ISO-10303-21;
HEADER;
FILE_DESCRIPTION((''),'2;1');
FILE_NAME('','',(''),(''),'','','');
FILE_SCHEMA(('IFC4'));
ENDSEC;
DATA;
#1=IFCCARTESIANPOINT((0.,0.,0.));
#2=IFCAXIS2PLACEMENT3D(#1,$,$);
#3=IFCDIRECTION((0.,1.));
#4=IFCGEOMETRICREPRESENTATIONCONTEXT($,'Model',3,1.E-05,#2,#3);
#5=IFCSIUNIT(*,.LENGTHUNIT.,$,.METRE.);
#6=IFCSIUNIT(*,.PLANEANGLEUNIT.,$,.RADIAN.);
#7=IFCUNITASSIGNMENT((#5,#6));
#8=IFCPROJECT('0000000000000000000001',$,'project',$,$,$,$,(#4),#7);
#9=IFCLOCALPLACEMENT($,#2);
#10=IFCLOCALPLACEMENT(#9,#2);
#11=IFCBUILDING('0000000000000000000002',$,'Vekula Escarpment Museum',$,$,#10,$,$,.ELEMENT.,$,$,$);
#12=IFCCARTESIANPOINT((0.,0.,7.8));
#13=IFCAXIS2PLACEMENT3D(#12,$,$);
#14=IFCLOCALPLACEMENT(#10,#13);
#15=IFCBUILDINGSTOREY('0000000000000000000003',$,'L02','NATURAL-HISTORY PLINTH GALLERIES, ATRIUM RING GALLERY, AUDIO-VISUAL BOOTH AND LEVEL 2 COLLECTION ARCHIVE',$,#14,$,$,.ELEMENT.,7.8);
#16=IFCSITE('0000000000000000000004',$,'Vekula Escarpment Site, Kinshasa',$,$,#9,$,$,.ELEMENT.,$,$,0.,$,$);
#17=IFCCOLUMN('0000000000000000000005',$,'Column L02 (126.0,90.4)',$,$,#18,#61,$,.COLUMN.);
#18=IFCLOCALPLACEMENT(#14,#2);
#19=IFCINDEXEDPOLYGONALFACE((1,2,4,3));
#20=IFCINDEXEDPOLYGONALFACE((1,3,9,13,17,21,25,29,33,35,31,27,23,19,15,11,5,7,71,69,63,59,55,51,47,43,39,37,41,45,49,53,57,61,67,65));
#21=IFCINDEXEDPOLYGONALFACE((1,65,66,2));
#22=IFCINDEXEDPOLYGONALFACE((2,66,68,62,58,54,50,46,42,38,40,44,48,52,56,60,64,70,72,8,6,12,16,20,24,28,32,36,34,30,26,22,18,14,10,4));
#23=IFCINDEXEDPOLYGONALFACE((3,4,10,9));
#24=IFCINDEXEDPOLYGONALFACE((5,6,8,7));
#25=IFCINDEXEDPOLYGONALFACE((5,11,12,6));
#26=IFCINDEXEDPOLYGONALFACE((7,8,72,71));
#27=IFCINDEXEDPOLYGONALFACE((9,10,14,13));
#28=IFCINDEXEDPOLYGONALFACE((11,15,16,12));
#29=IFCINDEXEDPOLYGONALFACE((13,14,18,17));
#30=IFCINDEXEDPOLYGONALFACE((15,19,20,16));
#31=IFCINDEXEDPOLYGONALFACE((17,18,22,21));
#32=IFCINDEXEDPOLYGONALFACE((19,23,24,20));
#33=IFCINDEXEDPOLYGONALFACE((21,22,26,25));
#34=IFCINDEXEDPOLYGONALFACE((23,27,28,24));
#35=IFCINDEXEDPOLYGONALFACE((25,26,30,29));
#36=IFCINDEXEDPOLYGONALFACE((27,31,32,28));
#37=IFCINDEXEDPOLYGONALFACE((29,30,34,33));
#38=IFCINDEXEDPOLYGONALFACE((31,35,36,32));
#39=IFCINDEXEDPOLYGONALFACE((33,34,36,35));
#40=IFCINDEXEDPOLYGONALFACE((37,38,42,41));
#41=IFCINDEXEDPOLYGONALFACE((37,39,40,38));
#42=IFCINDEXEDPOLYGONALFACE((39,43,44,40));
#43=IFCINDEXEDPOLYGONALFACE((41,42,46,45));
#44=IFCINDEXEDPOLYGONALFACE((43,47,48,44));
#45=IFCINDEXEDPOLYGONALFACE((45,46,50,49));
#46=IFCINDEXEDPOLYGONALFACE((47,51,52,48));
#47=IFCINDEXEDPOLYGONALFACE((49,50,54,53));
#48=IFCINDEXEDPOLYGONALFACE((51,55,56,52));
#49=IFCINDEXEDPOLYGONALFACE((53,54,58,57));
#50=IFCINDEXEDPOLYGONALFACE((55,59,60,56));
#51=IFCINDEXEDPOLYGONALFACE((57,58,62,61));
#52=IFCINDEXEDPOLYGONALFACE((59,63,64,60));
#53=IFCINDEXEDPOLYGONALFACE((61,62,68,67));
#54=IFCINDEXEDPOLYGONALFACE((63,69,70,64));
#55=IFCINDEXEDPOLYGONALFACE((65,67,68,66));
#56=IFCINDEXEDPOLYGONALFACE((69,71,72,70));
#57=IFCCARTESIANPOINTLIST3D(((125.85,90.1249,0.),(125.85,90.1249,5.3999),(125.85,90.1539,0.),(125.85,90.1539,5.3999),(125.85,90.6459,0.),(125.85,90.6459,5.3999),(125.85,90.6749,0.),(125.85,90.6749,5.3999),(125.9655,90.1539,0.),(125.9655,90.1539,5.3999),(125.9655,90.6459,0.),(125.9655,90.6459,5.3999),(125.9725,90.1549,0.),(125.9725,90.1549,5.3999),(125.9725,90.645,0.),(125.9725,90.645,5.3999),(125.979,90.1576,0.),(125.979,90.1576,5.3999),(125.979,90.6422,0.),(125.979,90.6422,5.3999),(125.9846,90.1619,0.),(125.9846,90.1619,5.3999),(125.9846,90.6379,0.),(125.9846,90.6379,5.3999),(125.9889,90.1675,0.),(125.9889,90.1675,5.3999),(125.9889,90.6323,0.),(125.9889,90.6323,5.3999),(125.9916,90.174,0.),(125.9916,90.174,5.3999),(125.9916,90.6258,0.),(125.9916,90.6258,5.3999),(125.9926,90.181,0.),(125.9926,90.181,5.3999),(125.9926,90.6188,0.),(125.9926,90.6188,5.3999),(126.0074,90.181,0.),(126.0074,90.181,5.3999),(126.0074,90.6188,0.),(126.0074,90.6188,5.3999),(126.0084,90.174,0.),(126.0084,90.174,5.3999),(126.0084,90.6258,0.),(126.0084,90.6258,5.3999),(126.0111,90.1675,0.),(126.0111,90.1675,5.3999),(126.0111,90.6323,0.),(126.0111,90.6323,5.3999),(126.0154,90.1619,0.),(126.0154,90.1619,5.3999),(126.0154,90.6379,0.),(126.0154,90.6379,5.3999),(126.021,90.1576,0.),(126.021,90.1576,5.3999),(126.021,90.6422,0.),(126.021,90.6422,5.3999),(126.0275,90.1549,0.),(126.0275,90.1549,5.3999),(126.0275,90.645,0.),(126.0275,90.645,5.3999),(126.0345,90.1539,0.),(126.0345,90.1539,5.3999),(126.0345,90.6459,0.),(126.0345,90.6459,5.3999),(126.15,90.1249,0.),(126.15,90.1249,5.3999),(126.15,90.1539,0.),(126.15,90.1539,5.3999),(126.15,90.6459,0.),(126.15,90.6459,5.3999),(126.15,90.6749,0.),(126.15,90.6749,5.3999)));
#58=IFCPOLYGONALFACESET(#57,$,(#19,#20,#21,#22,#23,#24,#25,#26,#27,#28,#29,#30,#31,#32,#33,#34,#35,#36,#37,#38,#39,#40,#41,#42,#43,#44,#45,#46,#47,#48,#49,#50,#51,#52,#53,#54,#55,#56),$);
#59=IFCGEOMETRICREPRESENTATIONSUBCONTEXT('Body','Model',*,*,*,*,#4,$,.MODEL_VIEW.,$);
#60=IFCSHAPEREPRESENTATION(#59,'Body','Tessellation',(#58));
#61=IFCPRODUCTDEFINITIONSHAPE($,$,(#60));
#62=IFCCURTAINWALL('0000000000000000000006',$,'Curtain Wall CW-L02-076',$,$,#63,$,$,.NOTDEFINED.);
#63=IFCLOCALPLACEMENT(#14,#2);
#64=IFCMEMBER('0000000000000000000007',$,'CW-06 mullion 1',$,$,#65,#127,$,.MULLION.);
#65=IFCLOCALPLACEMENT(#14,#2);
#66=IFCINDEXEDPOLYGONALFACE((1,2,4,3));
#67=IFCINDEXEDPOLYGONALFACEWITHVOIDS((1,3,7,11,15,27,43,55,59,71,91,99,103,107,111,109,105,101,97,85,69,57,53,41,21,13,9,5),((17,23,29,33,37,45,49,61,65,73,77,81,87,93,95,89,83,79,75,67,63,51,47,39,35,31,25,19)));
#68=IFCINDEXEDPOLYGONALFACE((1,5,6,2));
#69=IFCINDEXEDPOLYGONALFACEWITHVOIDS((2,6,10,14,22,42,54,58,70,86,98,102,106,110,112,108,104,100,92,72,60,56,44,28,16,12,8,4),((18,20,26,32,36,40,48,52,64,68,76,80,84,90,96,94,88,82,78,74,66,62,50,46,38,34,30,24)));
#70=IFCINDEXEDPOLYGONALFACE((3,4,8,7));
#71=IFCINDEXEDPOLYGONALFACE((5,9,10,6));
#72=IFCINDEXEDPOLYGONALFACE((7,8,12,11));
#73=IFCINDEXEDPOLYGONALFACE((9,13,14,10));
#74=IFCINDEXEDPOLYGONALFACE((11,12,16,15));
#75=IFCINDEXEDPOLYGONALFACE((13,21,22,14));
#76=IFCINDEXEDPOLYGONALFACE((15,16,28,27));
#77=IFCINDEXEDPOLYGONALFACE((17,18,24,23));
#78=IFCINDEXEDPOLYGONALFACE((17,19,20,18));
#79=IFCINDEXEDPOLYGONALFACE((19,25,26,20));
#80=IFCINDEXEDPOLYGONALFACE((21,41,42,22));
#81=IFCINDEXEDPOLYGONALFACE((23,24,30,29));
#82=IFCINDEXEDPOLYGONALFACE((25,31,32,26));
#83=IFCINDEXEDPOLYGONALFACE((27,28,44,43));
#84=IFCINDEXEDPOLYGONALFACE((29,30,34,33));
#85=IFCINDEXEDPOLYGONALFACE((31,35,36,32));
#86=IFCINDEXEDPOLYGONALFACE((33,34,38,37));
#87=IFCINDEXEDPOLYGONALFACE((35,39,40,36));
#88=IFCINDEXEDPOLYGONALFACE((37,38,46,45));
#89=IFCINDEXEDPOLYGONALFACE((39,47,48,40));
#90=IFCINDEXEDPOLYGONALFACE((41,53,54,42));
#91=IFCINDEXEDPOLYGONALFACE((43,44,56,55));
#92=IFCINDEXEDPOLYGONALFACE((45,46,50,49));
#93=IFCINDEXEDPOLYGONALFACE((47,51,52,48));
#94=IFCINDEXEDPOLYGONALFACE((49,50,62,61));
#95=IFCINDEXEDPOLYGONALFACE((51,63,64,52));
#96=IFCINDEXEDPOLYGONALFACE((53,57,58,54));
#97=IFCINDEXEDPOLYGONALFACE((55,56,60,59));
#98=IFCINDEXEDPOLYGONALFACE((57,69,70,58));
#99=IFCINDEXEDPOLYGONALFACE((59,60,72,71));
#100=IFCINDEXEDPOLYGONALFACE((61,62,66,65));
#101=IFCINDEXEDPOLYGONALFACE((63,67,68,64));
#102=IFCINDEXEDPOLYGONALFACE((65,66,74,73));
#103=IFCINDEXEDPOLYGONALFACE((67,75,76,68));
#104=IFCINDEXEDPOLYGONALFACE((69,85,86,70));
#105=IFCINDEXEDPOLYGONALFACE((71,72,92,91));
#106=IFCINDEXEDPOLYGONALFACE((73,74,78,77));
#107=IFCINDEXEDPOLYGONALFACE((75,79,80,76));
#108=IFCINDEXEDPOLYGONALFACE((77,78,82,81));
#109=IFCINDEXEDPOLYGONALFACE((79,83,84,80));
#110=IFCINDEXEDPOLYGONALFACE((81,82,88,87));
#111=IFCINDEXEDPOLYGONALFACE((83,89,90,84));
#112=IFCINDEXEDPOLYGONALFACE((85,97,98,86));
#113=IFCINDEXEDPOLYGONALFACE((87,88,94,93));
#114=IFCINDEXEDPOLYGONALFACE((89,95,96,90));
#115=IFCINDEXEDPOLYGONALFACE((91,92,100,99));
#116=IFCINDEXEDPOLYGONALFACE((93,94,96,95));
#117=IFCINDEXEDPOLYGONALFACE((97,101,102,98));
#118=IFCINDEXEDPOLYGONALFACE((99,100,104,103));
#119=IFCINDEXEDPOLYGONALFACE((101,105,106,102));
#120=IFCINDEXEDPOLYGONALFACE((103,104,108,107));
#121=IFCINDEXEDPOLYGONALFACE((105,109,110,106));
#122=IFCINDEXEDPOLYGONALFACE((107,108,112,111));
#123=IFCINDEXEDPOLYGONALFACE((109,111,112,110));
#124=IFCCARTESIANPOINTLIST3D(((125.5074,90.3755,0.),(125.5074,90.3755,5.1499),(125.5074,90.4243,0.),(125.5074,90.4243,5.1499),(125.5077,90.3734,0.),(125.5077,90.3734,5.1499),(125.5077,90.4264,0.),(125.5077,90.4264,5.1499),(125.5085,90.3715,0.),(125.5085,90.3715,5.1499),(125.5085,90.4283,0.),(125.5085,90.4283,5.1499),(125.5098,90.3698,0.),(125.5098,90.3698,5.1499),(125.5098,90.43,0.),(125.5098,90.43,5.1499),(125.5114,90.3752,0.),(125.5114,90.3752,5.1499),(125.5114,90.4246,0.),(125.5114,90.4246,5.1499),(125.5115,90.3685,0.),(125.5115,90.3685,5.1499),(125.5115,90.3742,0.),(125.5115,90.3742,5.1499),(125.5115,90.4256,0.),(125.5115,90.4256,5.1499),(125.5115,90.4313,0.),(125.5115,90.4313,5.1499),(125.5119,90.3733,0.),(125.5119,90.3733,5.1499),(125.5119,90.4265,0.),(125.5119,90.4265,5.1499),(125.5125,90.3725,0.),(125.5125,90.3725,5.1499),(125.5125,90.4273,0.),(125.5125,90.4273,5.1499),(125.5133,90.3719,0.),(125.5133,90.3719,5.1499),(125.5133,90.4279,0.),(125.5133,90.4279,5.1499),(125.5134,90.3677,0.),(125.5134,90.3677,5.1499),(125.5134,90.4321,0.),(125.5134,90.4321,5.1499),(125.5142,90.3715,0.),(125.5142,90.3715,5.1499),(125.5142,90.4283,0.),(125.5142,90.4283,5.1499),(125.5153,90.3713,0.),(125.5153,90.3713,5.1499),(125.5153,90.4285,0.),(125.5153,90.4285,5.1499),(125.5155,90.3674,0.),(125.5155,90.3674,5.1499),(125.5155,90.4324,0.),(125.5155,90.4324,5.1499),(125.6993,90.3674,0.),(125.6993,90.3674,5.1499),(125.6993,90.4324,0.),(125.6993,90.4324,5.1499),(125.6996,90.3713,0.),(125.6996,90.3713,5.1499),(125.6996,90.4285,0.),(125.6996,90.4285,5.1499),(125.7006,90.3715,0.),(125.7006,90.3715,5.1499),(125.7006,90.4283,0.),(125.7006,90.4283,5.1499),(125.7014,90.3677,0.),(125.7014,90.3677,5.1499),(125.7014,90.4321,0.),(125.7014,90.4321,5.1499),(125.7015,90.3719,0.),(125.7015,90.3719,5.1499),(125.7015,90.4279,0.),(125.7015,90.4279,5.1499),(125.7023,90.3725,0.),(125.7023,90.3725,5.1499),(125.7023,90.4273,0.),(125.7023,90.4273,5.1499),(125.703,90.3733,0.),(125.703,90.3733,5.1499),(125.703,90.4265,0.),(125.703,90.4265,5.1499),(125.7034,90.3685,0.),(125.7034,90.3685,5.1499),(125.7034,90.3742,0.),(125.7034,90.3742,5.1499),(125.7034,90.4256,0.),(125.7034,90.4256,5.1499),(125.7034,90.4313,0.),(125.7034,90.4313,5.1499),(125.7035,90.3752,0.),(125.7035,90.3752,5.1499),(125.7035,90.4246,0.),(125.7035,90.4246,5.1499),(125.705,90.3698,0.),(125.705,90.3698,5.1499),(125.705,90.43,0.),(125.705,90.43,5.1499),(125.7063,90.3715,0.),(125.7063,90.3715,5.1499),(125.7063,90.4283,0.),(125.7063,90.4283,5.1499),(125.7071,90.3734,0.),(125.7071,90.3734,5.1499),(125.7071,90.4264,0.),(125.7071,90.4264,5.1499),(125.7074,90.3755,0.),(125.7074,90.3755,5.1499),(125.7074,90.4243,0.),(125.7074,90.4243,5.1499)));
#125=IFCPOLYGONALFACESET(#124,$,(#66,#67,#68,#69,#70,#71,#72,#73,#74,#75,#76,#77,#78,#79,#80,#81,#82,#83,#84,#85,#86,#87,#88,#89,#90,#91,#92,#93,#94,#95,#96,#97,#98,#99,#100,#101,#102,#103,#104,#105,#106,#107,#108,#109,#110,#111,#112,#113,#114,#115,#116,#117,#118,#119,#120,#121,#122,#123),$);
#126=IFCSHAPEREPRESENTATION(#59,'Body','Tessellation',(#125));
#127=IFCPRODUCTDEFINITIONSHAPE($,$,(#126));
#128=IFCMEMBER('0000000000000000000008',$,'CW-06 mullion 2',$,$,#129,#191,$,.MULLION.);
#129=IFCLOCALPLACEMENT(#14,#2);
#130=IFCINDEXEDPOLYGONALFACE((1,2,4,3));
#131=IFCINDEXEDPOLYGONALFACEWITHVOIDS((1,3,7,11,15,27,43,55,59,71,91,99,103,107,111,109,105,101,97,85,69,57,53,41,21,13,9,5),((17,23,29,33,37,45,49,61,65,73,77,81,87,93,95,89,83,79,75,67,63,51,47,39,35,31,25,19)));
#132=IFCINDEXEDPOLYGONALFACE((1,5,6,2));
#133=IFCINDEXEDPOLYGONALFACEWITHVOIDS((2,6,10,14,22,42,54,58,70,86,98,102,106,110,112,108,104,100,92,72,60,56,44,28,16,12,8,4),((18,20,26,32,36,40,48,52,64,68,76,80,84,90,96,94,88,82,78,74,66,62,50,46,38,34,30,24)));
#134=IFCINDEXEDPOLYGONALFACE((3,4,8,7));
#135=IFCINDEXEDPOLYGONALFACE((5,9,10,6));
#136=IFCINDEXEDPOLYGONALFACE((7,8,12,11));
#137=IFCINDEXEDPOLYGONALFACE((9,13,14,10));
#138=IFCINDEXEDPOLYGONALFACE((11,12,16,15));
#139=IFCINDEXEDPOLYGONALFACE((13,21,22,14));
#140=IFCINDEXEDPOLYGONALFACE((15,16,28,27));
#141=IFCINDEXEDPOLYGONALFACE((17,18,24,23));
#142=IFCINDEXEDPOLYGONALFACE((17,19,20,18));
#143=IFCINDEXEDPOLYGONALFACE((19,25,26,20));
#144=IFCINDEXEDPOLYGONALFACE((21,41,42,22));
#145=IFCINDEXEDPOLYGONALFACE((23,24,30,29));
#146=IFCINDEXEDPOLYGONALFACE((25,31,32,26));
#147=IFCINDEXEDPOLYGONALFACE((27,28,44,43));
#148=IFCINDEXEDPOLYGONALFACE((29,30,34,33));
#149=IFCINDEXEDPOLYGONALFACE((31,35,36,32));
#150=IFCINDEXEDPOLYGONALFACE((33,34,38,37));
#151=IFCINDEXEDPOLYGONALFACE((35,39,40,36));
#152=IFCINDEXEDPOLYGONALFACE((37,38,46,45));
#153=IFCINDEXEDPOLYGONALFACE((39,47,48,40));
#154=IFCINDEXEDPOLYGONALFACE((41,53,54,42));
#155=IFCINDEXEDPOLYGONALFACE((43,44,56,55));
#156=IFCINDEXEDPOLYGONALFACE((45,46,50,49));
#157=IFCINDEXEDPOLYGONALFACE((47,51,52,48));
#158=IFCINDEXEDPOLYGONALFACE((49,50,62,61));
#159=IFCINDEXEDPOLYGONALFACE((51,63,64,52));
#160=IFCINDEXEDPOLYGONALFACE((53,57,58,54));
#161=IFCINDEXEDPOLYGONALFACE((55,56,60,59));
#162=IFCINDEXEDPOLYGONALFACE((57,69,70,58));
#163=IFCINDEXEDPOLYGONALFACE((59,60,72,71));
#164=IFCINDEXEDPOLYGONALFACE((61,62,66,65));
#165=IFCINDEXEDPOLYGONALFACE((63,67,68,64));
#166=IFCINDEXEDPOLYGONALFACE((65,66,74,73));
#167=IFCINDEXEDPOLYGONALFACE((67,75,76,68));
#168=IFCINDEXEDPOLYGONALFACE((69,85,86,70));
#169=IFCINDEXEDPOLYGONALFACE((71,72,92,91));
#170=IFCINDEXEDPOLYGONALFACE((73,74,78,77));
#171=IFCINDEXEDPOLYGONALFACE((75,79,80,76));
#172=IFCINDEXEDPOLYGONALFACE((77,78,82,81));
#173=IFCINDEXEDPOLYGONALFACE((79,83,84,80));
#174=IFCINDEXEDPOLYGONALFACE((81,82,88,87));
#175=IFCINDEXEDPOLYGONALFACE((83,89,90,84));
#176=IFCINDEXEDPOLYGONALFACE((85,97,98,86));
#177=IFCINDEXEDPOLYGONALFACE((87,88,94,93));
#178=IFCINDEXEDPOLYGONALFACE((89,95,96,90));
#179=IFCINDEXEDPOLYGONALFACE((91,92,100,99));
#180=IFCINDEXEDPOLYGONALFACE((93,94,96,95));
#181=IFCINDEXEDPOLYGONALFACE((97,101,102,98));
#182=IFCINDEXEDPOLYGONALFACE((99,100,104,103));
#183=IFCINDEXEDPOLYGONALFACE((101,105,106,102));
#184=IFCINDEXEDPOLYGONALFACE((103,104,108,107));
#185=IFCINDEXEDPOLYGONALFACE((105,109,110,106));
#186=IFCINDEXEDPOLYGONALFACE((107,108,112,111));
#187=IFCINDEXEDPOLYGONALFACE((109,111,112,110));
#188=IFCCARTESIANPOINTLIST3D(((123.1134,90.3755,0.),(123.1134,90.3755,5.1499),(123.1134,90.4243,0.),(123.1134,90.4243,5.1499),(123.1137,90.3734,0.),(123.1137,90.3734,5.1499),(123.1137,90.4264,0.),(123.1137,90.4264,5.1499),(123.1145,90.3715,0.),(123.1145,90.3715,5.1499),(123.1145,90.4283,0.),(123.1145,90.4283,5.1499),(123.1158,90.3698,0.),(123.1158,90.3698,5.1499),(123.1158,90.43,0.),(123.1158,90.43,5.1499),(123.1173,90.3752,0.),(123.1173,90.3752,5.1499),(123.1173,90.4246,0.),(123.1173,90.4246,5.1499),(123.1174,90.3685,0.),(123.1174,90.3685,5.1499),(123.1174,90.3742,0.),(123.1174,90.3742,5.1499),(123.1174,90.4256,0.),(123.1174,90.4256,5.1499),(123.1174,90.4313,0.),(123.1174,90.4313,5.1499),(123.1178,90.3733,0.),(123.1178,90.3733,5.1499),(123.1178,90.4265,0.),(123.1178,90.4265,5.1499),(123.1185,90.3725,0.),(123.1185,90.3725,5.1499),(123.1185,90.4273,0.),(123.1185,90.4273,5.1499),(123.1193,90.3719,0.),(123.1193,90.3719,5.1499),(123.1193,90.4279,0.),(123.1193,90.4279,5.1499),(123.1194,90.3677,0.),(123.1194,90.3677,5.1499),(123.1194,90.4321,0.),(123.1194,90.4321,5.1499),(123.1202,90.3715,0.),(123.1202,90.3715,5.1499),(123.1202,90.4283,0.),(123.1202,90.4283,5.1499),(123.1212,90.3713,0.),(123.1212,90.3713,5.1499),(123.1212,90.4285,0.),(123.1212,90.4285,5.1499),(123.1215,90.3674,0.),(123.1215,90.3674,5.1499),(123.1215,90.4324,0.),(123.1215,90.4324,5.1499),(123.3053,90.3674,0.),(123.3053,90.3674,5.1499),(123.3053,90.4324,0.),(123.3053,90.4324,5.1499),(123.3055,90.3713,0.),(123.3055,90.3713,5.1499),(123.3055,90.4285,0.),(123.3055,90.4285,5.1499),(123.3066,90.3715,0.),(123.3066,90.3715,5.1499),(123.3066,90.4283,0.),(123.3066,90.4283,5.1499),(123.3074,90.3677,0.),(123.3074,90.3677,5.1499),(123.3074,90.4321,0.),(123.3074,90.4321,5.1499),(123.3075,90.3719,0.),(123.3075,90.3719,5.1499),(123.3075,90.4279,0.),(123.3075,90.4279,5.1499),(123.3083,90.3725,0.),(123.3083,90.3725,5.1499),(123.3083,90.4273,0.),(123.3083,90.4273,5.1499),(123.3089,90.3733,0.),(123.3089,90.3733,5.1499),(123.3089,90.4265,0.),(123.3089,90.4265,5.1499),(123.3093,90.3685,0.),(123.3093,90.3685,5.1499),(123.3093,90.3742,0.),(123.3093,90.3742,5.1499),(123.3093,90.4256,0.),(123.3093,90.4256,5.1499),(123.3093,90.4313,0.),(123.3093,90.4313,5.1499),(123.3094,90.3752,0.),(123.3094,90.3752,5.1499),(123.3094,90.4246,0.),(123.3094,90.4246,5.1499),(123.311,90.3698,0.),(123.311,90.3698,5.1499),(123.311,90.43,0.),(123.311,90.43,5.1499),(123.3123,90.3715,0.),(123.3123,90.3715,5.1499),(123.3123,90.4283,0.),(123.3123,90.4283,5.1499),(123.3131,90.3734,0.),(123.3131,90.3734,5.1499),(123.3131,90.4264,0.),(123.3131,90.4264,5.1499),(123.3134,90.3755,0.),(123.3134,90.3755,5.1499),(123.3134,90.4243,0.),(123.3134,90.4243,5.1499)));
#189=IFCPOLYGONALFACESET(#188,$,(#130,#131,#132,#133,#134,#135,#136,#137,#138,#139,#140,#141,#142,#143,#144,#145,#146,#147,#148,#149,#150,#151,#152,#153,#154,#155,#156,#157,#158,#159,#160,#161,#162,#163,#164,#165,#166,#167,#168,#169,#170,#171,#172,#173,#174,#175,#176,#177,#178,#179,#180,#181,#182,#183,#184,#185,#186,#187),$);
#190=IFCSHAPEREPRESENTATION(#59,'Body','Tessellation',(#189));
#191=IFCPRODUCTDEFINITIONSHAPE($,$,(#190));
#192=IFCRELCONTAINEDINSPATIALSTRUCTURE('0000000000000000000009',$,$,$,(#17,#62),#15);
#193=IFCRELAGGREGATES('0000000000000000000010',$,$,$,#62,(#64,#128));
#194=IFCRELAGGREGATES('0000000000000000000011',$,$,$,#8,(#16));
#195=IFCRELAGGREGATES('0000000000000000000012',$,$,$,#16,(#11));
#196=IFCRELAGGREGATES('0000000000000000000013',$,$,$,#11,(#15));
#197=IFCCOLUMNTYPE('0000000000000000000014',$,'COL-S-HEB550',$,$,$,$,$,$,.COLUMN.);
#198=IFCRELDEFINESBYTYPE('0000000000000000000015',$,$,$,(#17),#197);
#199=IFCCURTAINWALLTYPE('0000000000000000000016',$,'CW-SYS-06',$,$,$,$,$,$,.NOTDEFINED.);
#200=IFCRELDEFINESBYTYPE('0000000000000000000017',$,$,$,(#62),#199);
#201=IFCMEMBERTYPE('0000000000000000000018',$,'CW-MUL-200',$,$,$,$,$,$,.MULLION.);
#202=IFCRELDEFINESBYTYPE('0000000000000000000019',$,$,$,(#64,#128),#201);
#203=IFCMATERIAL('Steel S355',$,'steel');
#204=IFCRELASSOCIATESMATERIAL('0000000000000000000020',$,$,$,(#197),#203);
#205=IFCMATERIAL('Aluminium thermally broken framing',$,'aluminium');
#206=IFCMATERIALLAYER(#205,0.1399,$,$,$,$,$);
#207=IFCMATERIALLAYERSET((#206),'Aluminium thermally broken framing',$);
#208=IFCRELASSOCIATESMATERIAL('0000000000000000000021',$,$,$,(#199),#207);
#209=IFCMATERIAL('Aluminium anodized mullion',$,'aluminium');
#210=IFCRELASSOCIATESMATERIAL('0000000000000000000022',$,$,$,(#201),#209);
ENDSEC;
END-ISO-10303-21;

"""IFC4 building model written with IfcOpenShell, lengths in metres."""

from ifc_helpers import new_model, si_unit, direction, frame, origin, origin_2d, place, context, subcontext, project, spatial, hollow_rectangle, i_section, extrude, material, layer, layer_set, material_profile, profile_set, type_object, element, aggregate, save


model = new_model("IFC4")

# Units and contexts
model_context = context("Model", 3, precision=1e-05, world=origin(), true_north=direction((0.0, 1.0)))
body_context = subcontext(model_context, "Body", "Model", "MODEL_VIEW")
ifc_project = project(units=[si_unit("LENGTHUNIT", "METRE"), si_unit("PLANEANGLEUNIT", "RADIAN")], contexts=[model_context])

# Site, building, storey
site_placement = place(None, origin())
site = spatial("IfcSite", under=ifc_project, at=site_placement, Name="Vekula Escarpment Site, Kinshasa", CompositionType="ELEMENT", RefElevation=0.0)
building_placement = place(site_placement, origin())
building = spatial("IfcBuilding", under=site, at=building_placement, Name="Vekula Escarpment Museum", CompositionType="ELEMENT")
storey_placement = place(building_placement, frame((0.0, 0.0, 7.8)))
storey = spatial("IfcBuildingStorey", under=building, at=storey_placement, Name="L02", Description="NATURAL-HISTORY PLINTH GALLERIES, ATRIUM RING GALLERY, AUDIO-VISUAL BOOTH AND LEVEL 2 COLLECTION ARCHIVE", CompositionType="ELEMENT", Elevation=7.8)

# Column
ifc_material_1 = material(Name="Steel S355", Category="steel")
ifc_material_profile_1 = material_profile(ifc_material_1, i_section(OverallWidth=0.3, OverallDepth=0.55, WebThickness=0.0149, FlangeThickness=0.0291, FilletRadius=0.0271, at=origin_2d()), Name="HEB 550")
ifc_profile_set_1 = profile_set([ifc_material_profile_1], Name="Steel S355")
column_type = type_object("IfcColumnType", Name="COL-S-HEB550", PredefinedType="COLUMN", material=ifc_profile_set_1)
column_placement = place(storey_placement, frame((126.0, 90.3999, 0.0), z_axis=(0.0, 0.0, 1.0), x_axis=(1.0, 0.0, 0.0)))
element("IfcColumn", 1, at=column_placement, inside=storey, type_object=column_type, Name="Column L02 (126.0,90.4)", PredefinedType="COLUMN", context=body_context, shape_type="SweptSolid", body=[
    extrude(i_section(OverallWidth=0.3, OverallDepth=0.55, WebThickness=0.0149, FlangeThickness=0.0291, FilletRadius=0.0271, at=origin_2d()), origin(), (0.0, 0.0, 1.0), 5.3999),
])

# Curtain wall, members
ifc_material_2 = material(Name="Aluminium thermally broken framing", Category="aluminium")
ifc_layer_1 = layer(ifc_material_2, 0.1399)
ifc_layer_set_1 = layer_set([ifc_layer_1], Name="Aluminium thermally broken framing")
curtain_wall_type = type_object("IfcCurtainWallType", Name="CW-SYS-06", PredefinedType="NOTDEFINED", material=ifc_layer_set_1)
curtain_wall_placement = place(storey_placement, origin())
curtain_wall = element("IfcCurtainWall", 2, at=curtain_wall_placement, inside=storey, type_object=curtain_wall_type, Name="Curtain Wall CW-L02-076", PredefinedType="NOTDEFINED")
ifc_material_3 = material(Name="Aluminium anodized mullion", Category="aluminium")
ifc_material_profile_2 = material_profile(ifc_material_3, hollow_rectangle(XDim=0.0649, YDim=0.2, WallThickness=0.0039, InnerFilletRadius=0.0039, OuterFilletRadius=0.0081, at=origin_2d()), Name="ALU 200x65x4")
ifc_profile_set_2 = profile_set([ifc_material_profile_2], Name="Aluminium anodized mullion")
member_type_1 = type_object("IfcMemberType", Name="CW-MUL-200", PredefinedType="MULLION", material=ifc_profile_set_2)
member_1_placement = place(storey_placement, frame((125.6074, 90.3999, 0.0), z_axis=(0.0, 0.0, 1.0), x_axis=(0.0, -1.0, 0.0)))
member_1 = element("IfcMember", 3, at=member_1_placement, type_object=member_type_1, Name="CW-06 mullion 1", PredefinedType="MULLION", context=body_context, shape_type="SweptSolid", body=[
    extrude(hollow_rectangle(XDim=0.0649, YDim=0.2, WallThickness=0.0039, InnerFilletRadius=0.0039, OuterFilletRadius=0.0081, at=origin_2d()), origin(), (0.0, 0.0, 1.0), 5.1499),
])
member_2_placement = place(storey_placement, frame((123.2134, 90.3999, 0.0), z_axis=(0.0, 0.0, 1.0), x_axis=(0.0, -1.0, 0.0)))
member_2 = element("IfcMember", 4, at=member_2_placement, type_object=member_type_1, Name="CW-06 mullion 2", PredefinedType="MULLION", context=body_context, shape_type="SweptSolid", body=[
    extrude(hollow_rectangle(XDim=0.0649, YDim=0.2, WallThickness=0.0039, InnerFilletRadius=0.0039, OuterFilletRadius=0.0081, at=origin_2d()), origin(), (0.0, 0.0, 1.0), 5.1499),
])

aggregate(curtain_wall, [member_1, member_2])

save(model, "model.ifc")
